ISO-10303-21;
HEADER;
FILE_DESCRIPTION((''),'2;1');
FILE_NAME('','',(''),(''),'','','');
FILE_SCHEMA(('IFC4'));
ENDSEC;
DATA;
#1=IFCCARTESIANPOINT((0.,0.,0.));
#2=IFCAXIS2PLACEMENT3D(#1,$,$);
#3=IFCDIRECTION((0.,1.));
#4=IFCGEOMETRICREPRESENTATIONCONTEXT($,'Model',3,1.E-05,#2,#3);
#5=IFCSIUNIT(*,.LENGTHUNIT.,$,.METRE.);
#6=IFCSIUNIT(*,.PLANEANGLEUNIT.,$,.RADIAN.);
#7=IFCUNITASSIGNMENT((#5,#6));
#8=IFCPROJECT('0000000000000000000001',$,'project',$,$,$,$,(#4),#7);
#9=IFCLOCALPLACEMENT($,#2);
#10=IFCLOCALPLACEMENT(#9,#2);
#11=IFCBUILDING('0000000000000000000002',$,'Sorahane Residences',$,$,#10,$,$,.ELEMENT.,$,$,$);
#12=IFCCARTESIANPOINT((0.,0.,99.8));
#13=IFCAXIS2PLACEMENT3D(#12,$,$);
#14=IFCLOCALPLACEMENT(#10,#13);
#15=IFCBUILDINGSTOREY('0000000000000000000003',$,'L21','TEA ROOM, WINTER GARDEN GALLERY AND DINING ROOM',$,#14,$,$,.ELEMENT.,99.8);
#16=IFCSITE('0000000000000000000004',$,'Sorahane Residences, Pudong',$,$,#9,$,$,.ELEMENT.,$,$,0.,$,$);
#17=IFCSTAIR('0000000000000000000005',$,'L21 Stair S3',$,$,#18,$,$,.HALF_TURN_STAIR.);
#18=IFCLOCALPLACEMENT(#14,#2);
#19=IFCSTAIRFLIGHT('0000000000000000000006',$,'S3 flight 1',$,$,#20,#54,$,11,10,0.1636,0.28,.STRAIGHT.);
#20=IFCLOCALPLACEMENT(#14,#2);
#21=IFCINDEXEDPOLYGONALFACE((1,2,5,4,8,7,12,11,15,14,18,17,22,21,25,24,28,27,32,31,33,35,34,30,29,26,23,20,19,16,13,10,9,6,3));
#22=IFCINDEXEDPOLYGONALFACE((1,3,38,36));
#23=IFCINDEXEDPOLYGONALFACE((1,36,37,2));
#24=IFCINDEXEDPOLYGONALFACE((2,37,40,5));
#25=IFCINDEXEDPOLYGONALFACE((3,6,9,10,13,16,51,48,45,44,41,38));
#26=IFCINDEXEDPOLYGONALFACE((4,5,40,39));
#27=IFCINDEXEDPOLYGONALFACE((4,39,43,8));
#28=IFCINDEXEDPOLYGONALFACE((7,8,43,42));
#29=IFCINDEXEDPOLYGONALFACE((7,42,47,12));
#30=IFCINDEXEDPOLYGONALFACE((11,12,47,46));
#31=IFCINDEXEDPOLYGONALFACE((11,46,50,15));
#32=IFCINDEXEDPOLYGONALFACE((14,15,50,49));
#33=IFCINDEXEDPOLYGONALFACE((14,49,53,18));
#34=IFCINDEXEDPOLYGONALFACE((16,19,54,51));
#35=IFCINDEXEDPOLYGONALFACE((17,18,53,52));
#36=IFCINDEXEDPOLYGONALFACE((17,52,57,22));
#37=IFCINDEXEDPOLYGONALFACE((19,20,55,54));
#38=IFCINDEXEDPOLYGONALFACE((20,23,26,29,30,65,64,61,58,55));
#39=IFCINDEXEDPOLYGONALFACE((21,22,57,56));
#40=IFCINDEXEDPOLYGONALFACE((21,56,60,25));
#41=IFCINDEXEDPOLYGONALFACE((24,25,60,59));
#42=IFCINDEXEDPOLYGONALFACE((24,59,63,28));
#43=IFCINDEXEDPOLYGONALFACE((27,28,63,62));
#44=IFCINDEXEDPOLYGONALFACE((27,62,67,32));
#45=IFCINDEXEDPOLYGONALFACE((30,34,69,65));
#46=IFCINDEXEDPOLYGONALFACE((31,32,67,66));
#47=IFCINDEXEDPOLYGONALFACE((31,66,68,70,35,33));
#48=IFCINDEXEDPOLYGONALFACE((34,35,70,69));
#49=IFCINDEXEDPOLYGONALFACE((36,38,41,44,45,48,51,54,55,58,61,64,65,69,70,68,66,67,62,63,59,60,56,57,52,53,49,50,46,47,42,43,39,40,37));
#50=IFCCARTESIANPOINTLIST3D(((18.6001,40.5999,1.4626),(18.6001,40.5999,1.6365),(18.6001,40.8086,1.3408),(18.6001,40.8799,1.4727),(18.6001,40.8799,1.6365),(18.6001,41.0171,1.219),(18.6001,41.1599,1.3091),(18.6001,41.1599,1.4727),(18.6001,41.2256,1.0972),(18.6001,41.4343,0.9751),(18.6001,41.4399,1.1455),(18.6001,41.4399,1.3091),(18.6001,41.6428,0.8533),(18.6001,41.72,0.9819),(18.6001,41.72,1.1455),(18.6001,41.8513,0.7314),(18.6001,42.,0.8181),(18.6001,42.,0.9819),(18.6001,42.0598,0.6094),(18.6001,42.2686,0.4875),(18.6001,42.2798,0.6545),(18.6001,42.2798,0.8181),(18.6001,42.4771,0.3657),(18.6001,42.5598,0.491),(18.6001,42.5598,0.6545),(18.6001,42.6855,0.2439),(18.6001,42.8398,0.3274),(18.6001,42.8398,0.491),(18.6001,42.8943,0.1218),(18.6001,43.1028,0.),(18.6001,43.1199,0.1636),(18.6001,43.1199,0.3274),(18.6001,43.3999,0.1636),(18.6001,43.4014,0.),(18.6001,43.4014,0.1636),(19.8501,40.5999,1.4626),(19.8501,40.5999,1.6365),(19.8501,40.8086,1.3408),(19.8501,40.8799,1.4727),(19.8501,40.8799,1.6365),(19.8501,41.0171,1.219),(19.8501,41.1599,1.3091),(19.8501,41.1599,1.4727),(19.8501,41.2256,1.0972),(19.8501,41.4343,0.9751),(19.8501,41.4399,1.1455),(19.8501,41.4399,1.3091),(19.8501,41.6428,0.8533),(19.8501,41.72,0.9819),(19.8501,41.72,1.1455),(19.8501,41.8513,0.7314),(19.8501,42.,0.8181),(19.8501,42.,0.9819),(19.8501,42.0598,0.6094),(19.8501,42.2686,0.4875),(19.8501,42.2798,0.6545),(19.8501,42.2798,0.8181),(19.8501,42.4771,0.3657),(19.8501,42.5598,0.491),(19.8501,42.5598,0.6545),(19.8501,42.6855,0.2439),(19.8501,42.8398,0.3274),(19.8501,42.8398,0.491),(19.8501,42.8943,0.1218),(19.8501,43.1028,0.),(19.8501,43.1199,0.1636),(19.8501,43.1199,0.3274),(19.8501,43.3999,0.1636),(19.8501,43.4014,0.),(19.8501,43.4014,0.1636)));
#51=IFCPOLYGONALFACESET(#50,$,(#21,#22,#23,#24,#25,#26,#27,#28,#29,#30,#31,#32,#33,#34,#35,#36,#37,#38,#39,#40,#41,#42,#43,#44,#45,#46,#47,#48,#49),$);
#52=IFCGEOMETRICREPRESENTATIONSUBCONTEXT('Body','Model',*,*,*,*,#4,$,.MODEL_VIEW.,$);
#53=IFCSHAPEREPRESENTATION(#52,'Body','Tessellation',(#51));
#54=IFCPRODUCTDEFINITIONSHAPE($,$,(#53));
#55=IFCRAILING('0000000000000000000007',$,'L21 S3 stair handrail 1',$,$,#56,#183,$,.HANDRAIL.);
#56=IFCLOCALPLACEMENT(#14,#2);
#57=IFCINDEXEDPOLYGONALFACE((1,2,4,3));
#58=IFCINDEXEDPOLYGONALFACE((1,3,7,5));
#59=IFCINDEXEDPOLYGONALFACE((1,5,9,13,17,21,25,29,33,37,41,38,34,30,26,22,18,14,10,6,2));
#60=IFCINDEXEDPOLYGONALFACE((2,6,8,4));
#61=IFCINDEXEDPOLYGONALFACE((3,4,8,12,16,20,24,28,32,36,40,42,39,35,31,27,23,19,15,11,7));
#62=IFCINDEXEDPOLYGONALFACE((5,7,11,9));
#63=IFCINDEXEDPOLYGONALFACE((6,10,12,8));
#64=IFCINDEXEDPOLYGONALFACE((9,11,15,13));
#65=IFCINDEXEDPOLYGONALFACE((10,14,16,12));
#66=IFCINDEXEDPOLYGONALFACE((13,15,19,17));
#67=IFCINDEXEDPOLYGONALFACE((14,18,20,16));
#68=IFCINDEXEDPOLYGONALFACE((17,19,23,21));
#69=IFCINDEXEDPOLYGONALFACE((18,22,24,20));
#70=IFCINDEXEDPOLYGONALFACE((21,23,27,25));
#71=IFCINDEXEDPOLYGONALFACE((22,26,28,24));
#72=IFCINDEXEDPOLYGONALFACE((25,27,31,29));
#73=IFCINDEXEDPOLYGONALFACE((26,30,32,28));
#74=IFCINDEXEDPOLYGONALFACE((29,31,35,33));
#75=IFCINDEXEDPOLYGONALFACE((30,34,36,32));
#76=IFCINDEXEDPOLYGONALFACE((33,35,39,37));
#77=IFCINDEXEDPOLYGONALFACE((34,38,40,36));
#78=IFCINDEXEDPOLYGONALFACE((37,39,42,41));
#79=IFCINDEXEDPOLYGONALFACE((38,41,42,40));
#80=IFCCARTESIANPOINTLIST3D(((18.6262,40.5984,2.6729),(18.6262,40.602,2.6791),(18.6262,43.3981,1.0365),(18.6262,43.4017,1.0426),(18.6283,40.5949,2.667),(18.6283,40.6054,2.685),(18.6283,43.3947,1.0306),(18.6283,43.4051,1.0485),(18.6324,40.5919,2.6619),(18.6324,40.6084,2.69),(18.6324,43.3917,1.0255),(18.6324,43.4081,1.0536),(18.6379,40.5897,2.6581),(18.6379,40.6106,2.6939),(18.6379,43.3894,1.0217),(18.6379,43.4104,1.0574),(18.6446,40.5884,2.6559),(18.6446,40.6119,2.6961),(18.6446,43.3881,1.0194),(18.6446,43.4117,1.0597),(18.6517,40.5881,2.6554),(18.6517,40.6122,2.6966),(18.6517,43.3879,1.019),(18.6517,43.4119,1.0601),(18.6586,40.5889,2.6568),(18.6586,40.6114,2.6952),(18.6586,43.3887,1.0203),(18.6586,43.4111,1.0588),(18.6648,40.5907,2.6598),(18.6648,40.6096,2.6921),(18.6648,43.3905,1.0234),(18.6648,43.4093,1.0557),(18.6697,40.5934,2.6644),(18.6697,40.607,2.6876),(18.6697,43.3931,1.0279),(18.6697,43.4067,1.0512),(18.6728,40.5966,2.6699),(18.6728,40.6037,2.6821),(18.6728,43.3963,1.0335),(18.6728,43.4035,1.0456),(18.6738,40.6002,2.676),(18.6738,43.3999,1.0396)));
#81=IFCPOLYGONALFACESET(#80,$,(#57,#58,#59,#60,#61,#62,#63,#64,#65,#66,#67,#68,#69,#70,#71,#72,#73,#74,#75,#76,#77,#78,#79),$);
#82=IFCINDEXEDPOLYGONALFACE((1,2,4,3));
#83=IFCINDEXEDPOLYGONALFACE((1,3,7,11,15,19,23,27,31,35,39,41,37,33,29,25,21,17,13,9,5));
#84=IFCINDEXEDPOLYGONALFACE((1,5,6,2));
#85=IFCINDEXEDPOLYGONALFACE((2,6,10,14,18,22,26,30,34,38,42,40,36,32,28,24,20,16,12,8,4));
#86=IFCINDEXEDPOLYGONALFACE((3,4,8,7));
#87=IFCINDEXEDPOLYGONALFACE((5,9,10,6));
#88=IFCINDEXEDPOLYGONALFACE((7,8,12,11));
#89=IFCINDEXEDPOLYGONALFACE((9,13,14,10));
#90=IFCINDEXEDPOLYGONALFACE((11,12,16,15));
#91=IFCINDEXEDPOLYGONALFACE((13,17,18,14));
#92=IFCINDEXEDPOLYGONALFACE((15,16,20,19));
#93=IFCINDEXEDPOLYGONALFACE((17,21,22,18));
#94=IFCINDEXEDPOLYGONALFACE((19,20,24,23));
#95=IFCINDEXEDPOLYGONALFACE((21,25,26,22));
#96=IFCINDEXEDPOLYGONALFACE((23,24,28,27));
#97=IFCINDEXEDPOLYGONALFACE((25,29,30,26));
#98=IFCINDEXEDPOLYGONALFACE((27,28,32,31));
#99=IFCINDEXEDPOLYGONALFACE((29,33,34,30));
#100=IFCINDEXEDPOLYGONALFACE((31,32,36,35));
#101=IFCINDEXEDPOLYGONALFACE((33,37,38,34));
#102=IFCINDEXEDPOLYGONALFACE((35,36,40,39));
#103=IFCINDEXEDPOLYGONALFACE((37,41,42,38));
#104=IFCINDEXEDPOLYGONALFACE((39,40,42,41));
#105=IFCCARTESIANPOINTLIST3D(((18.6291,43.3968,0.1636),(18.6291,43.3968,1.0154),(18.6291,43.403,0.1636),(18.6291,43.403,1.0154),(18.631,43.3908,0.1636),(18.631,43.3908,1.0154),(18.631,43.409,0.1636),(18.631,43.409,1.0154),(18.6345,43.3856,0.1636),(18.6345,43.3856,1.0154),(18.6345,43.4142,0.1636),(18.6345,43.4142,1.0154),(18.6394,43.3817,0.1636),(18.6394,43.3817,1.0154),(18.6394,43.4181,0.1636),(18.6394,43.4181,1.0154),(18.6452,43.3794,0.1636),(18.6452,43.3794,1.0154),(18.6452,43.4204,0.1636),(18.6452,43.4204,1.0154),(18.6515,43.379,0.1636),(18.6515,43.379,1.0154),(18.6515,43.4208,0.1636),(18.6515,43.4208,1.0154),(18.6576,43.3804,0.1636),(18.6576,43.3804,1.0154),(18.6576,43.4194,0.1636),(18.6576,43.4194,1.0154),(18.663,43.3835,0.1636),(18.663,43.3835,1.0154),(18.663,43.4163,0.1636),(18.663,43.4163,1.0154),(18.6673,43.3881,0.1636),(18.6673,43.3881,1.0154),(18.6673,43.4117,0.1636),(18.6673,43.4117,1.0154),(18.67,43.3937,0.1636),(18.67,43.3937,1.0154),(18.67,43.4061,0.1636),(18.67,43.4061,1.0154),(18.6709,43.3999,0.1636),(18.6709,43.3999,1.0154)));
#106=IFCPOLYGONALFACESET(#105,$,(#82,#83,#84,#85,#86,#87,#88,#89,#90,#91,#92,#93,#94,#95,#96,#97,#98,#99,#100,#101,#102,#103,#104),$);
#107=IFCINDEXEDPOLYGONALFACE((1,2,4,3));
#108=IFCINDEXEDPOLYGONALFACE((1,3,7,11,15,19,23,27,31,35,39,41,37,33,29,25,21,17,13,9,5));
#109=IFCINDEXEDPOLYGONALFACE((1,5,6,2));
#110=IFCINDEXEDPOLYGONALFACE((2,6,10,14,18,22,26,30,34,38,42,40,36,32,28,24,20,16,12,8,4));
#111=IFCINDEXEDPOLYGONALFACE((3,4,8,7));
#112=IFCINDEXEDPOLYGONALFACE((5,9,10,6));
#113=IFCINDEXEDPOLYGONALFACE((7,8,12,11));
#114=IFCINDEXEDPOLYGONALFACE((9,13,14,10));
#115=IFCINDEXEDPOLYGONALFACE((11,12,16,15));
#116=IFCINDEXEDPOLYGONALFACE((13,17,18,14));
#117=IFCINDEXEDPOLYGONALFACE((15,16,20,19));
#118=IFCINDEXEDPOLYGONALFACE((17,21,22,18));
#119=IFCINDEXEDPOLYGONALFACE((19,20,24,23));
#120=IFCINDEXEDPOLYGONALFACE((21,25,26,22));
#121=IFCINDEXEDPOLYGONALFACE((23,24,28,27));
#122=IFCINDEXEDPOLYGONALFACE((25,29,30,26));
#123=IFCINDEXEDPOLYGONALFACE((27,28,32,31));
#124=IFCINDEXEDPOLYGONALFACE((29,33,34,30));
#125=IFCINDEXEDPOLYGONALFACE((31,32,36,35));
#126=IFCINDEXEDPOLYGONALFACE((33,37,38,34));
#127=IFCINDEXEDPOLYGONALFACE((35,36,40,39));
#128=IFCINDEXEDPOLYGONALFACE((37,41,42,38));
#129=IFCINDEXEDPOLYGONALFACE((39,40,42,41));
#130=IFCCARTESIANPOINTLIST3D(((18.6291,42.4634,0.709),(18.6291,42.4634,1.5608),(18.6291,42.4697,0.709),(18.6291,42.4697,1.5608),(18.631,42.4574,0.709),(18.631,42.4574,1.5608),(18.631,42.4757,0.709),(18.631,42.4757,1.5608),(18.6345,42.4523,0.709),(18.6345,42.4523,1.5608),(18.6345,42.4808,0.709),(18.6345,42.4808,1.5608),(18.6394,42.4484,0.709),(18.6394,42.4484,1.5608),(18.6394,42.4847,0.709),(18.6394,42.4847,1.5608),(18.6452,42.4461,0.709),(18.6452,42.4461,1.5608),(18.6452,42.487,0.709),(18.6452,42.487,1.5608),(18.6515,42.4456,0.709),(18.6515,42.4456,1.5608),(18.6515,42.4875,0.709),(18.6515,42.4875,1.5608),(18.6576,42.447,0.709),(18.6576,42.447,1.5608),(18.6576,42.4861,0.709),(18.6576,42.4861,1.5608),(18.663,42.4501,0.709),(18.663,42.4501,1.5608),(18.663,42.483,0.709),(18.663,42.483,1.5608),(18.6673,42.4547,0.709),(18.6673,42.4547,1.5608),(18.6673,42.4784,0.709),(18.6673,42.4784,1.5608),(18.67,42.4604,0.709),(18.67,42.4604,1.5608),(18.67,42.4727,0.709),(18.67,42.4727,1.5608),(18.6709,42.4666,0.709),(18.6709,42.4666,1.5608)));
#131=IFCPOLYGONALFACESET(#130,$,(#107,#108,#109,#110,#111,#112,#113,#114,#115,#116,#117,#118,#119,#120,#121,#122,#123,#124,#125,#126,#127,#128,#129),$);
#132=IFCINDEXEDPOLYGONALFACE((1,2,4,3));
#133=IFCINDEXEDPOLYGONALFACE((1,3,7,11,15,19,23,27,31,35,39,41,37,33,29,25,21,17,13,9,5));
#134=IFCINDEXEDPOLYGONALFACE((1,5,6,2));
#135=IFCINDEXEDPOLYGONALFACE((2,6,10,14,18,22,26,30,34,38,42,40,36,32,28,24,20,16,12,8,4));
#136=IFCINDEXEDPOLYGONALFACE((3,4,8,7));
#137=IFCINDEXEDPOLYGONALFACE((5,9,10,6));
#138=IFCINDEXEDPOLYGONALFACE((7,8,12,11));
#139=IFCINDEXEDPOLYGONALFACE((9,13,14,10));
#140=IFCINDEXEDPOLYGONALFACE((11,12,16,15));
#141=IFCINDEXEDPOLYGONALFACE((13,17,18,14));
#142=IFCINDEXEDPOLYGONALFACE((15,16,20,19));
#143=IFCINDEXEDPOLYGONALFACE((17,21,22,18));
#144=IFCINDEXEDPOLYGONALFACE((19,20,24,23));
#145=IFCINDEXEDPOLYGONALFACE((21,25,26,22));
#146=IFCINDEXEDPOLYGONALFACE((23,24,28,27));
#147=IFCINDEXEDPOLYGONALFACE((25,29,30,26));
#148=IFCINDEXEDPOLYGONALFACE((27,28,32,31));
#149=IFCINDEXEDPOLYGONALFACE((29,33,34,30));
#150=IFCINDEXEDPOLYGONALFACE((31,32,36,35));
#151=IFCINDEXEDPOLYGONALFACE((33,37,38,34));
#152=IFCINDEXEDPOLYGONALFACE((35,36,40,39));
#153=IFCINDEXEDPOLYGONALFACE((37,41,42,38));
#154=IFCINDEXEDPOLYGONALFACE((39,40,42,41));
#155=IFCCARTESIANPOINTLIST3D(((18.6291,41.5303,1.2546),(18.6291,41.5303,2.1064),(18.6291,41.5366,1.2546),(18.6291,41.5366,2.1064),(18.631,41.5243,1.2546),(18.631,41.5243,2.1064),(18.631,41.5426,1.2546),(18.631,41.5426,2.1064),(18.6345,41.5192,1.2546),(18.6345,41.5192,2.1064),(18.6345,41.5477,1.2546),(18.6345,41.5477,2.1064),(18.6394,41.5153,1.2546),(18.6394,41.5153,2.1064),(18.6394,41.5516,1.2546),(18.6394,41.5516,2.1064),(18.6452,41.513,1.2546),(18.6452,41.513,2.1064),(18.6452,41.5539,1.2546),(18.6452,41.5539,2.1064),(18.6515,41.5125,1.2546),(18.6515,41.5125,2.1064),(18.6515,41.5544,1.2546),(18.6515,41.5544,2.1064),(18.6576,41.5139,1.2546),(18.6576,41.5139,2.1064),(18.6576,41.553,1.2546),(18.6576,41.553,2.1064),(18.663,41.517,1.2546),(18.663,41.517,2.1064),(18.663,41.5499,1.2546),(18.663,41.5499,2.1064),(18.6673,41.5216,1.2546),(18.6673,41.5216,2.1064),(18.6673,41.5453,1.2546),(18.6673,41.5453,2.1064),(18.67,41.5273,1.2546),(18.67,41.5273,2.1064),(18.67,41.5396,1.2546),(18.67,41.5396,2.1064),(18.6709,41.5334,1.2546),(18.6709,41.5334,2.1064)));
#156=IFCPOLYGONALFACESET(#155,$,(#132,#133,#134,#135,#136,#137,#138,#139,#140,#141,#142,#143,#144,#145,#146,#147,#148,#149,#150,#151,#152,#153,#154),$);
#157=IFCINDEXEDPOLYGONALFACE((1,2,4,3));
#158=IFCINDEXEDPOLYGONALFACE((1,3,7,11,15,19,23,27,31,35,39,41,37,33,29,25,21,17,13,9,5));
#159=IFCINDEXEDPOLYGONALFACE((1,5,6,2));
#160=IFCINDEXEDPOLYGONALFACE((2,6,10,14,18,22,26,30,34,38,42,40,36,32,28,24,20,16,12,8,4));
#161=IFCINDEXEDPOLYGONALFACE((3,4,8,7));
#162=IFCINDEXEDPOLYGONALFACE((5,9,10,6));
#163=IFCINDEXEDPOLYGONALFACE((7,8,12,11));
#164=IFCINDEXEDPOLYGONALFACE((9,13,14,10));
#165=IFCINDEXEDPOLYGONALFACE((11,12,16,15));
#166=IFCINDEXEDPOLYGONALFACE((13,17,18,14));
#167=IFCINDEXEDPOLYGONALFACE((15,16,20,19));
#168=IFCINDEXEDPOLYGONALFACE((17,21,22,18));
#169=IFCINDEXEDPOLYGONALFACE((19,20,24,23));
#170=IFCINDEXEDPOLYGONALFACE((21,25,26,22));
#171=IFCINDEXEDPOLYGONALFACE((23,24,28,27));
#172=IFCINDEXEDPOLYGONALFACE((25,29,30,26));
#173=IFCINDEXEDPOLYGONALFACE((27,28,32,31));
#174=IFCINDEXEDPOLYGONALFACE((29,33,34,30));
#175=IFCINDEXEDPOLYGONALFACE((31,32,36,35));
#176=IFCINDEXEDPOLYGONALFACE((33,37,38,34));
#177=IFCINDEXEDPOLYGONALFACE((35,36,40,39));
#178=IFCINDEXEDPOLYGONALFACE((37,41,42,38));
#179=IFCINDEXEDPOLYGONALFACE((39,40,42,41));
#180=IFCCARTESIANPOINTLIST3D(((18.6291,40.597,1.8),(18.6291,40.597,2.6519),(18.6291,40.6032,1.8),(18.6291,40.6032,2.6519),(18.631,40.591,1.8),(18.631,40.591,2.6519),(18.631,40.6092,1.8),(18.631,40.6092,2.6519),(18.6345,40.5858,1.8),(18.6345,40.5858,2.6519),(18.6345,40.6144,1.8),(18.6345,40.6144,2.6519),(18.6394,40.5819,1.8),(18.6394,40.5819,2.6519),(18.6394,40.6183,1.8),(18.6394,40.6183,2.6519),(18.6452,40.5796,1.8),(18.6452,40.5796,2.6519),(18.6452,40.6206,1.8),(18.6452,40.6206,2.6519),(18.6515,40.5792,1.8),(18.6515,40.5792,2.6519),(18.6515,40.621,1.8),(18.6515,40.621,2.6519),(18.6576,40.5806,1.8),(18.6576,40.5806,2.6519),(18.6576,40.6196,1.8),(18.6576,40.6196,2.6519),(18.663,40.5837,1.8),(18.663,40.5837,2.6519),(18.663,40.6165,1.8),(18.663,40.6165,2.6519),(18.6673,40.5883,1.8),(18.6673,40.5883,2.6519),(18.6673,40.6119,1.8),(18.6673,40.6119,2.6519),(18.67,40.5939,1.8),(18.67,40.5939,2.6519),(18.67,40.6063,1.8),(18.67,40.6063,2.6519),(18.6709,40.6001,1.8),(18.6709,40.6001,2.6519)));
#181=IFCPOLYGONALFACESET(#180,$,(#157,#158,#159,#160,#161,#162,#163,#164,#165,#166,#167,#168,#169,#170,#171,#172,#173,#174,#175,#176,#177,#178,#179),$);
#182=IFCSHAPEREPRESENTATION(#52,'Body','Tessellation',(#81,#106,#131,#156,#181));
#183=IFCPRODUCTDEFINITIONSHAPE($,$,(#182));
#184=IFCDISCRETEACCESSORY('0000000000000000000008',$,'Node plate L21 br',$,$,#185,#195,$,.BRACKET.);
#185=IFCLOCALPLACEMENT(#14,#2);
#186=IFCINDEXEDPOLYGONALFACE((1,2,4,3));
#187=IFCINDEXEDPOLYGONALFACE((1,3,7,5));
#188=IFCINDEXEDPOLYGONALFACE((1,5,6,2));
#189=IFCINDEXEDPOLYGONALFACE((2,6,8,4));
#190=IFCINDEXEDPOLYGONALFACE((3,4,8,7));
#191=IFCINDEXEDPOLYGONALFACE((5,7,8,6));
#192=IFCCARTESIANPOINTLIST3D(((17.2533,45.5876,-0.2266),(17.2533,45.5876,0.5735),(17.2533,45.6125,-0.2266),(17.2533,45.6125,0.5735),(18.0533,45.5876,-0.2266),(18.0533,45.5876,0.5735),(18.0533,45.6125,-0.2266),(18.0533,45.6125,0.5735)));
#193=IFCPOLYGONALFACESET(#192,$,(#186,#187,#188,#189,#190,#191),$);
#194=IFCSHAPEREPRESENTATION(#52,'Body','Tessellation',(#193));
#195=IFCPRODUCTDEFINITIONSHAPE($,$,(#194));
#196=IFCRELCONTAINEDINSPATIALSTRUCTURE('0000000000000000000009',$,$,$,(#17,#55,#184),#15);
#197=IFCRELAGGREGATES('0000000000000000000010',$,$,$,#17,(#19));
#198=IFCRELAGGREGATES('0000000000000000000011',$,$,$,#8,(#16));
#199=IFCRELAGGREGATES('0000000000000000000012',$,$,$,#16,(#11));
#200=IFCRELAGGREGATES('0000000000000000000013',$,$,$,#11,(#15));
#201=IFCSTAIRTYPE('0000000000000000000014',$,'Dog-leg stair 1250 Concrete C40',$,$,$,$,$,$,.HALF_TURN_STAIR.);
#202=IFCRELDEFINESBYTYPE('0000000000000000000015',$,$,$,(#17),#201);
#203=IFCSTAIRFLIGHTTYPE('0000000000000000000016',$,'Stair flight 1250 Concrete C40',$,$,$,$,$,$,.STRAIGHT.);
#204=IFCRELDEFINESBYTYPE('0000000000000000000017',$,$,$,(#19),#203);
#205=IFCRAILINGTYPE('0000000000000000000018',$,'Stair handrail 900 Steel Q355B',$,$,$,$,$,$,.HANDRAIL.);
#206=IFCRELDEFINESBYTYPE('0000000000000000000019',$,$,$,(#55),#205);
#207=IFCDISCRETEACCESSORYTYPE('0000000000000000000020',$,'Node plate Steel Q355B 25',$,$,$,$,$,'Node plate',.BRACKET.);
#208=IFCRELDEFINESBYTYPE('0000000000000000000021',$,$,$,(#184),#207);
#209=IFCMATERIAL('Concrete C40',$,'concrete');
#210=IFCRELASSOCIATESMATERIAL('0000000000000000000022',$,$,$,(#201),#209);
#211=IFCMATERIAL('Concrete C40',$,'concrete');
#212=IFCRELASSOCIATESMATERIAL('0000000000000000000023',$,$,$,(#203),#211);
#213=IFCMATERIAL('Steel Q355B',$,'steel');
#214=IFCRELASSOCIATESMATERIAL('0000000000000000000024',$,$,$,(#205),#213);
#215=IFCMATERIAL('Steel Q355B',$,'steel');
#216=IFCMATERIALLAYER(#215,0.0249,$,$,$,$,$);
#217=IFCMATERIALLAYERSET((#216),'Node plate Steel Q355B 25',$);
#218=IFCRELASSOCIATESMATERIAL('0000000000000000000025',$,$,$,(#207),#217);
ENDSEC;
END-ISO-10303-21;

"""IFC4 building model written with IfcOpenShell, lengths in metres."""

from ifc_helpers import new_model, si_unit, direction, frame, origin, origin_2d, place, context, subcontext, project, spatial, polyline, rectangle, circle, outline, extrude, material, layer, layer_set, type_object, element, aggregate, save


model = new_model("IFC4")

# Units and contexts
model_context = context("Model", 3, precision=1e-05, world=origin(), true_north=direction((0.0, 1.0)))
body_context = subcontext(model_context, "Body", "Model", "MODEL_VIEW")
ifc_project = project(units=[si_unit("LENGTHUNIT", "METRE"), si_unit("PLANEANGLEUNIT", "RADIAN")], contexts=[model_context])

# Site, building, storey
site_placement = place(None, origin())
site = spatial("IfcSite", under=ifc_project, at=site_placement, Name="Sorahane Residences, Pudong", CompositionType="ELEMENT", RefElevation=0.0)
building_placement = place(site_placement, origin())
building = spatial("IfcBuilding", under=site, at=building_placement, Name="Sorahane Residences", CompositionType="ELEMENT")
storey_placement = place(building_placement, frame((0.0, 0.0, 99.8)))
storey = spatial("IfcBuildingStorey", under=building, at=storey_placement, Name="L21", Description="TEA ROOM, WINTER GARDEN GALLERY AND DINING ROOM", CompositionType="ELEMENT", Elevation=99.8)

# Stair, stair flight
ifc_material_1 = material(Name="Concrete C40", Category="concrete")
stair_type = type_object("IfcStairType", Name="Dog-leg stair 1250 Concrete C40", PredefinedType="HALF_TURN_STAIR", material=ifc_material_1)
ifc_material_2 = material(Name="Concrete C40", Category="concrete")
stair_flight_type = type_object("IfcStairFlightType", Name="Stair flight 1250 Concrete C40", PredefinedType="STRAIGHT", material=ifc_material_2)
stair_1_placement = place(storey_placement, origin())
stair_1 = element("IfcStair", 1, at=stair_1_placement, inside=storey, type_object=stair_type, Name="L21 Stair S3", PredefinedType="HALF_TURN_STAIR")
stair_flight_1_placement = place(storey_placement, frame((19.2251, 43.3999, 0.0), z_axis=(0.0, 0.0, 1.0), x_axis=(0.0, -1.0, 0.0)))
stair_flight_1 = element("IfcStairFlight", 2, at=stair_flight_1_placement, type_object=stair_flight_type, Name="S3 flight 1", NumberOfRisers=11, NumberOfTreads=10, PredefinedType="STRAIGHT", RiserHeight=0.1636, TreadLength=0.28, context=body_context, shape_type="SweptSolid", body=[
    extrude(outline(polyline([(-0.0015, 0.0), (-0.0015, 0.1636), (0.0, 0.1636), (0.28, 0.1636), (0.28, 0.3274), (0.5601, 0.3274), (0.5601, 0.491), (0.8401, 0.491), (0.8401, 0.6545), (1.1201, 0.6545), (1.1201, 0.8181), (1.3999, 0.8181), (1.3999, 0.9819), (1.6799, 0.9819), (1.6799, 1.1455), (1.96, 1.1455), (1.96, 1.3091), (2.24, 1.3091), (2.24, 1.4727), (2.52, 1.4727), (2.52, 1.6365), (2.8, 1.6365), (2.8, 1.8), (2.8, 1.4626), (2.5913, 1.3408), (2.3828, 1.219), (2.1743, 1.0972), (1.9656, 0.9751), (1.7571, 0.8533), (1.5486, 0.7314), (1.3401, 0.6094), (1.1313, 0.4875), (0.9229, 0.3657), (0.7144, 0.2439), (0.5056, 0.1218), (0.2971, 0.0), (-0.0015, 0.0)])), frame((0.0, 0.625, 0.0), z_axis=(0.0, -1.0, 0.0), x_axis=(1.0, 0.0, 0.0)), (0.0, 0.0, 1.0), 1.25),
])
aggregate(stair_1, [stair_flight_1])

# Railing
ifc_material_3 = material(Name="Steel Q355B", Category="steel")
railing_type_1 = type_object("IfcRailingType", Name="Stair handrail 900 Steel Q355B", PredefinedType="HANDRAIL", material=ifc_material_3)
railing_1_placement = place(storey_placement, frame((18.6499, 43.3999, 0.1636)))
element("IfcRailing", 3, at=railing_1_placement, inside=storey, type_object=railing_type_1, Name="L21 S3 stair handrail 1", PredefinedType="HANDRAIL", context=body_context, shape_type="SweptSolid", body=[
    extrude(circle(Radius=0.0239, at=origin_2d()), frame((0.0, 0.0, 0.876), z_axis=(0.0, -0.863342, 0.50462), x_axis=(1.0, 0.0, 0.0)), (0.0, 0.0, 1.0), 3.2429),
    extrude(circle(Radius=0.021, at=origin_2d()), origin(), (0.0, 0.0, 1.0), 0.8518),
    extrude(circle(Radius=0.021, at=origin_2d()), frame((0.0, -0.9333, 0.5454)), (0.0, 0.0, 1.0), 0.8518),
    extrude(circle(Radius=0.021, at=origin_2d()), frame((0.0, -1.8665, 1.0911)), (0.0, 0.0, 1.0), 0.8518),
    extrude(circle(Radius=0.021, at=origin_2d()), frame((0.0, -2.7998, 1.6365)), (0.0, 0.0, 1.0), 0.8518),
])

# Discrete accessory
ifc_material_4 = material(Name="Steel Q355B", Category="steel")
ifc_layer_1 = layer(ifc_material_4, 0.0249)
ifc_layer_set_1 = layer_set([ifc_layer_1], Name="Node plate Steel Q355B 25")
discrete_accessory_type = type_object("IfcDiscreteAccessoryType", Name="Node plate Steel Q355B 25", ElementType="Node plate", PredefinedType="BRACKET", material=ifc_layer_set_1)
for number, where, z_axis, x_axis, name in (
    (4, (17.6533, 45.6001, -0.2266), (0.0, 0.0, 1.0), (1.0, 0.0, 0.0), "Node plate L21 br"),
):
    element("IfcDiscreteAccessory", number, at=place(storey_placement, frame(where, z_axis=z_axis, x_axis=x_axis)), inside=storey, type_object=discrete_accessory_type, Name=name, PredefinedType="BRACKET", context=body_context, shape_type="SweptSolid", body=[
        extrude(rectangle(XDim=0.8, YDim=0.0249, at=origin_2d()), origin(), (0.0, 0.0, 1.0), 0.8),
    ])

save(model, "model.ifc")
